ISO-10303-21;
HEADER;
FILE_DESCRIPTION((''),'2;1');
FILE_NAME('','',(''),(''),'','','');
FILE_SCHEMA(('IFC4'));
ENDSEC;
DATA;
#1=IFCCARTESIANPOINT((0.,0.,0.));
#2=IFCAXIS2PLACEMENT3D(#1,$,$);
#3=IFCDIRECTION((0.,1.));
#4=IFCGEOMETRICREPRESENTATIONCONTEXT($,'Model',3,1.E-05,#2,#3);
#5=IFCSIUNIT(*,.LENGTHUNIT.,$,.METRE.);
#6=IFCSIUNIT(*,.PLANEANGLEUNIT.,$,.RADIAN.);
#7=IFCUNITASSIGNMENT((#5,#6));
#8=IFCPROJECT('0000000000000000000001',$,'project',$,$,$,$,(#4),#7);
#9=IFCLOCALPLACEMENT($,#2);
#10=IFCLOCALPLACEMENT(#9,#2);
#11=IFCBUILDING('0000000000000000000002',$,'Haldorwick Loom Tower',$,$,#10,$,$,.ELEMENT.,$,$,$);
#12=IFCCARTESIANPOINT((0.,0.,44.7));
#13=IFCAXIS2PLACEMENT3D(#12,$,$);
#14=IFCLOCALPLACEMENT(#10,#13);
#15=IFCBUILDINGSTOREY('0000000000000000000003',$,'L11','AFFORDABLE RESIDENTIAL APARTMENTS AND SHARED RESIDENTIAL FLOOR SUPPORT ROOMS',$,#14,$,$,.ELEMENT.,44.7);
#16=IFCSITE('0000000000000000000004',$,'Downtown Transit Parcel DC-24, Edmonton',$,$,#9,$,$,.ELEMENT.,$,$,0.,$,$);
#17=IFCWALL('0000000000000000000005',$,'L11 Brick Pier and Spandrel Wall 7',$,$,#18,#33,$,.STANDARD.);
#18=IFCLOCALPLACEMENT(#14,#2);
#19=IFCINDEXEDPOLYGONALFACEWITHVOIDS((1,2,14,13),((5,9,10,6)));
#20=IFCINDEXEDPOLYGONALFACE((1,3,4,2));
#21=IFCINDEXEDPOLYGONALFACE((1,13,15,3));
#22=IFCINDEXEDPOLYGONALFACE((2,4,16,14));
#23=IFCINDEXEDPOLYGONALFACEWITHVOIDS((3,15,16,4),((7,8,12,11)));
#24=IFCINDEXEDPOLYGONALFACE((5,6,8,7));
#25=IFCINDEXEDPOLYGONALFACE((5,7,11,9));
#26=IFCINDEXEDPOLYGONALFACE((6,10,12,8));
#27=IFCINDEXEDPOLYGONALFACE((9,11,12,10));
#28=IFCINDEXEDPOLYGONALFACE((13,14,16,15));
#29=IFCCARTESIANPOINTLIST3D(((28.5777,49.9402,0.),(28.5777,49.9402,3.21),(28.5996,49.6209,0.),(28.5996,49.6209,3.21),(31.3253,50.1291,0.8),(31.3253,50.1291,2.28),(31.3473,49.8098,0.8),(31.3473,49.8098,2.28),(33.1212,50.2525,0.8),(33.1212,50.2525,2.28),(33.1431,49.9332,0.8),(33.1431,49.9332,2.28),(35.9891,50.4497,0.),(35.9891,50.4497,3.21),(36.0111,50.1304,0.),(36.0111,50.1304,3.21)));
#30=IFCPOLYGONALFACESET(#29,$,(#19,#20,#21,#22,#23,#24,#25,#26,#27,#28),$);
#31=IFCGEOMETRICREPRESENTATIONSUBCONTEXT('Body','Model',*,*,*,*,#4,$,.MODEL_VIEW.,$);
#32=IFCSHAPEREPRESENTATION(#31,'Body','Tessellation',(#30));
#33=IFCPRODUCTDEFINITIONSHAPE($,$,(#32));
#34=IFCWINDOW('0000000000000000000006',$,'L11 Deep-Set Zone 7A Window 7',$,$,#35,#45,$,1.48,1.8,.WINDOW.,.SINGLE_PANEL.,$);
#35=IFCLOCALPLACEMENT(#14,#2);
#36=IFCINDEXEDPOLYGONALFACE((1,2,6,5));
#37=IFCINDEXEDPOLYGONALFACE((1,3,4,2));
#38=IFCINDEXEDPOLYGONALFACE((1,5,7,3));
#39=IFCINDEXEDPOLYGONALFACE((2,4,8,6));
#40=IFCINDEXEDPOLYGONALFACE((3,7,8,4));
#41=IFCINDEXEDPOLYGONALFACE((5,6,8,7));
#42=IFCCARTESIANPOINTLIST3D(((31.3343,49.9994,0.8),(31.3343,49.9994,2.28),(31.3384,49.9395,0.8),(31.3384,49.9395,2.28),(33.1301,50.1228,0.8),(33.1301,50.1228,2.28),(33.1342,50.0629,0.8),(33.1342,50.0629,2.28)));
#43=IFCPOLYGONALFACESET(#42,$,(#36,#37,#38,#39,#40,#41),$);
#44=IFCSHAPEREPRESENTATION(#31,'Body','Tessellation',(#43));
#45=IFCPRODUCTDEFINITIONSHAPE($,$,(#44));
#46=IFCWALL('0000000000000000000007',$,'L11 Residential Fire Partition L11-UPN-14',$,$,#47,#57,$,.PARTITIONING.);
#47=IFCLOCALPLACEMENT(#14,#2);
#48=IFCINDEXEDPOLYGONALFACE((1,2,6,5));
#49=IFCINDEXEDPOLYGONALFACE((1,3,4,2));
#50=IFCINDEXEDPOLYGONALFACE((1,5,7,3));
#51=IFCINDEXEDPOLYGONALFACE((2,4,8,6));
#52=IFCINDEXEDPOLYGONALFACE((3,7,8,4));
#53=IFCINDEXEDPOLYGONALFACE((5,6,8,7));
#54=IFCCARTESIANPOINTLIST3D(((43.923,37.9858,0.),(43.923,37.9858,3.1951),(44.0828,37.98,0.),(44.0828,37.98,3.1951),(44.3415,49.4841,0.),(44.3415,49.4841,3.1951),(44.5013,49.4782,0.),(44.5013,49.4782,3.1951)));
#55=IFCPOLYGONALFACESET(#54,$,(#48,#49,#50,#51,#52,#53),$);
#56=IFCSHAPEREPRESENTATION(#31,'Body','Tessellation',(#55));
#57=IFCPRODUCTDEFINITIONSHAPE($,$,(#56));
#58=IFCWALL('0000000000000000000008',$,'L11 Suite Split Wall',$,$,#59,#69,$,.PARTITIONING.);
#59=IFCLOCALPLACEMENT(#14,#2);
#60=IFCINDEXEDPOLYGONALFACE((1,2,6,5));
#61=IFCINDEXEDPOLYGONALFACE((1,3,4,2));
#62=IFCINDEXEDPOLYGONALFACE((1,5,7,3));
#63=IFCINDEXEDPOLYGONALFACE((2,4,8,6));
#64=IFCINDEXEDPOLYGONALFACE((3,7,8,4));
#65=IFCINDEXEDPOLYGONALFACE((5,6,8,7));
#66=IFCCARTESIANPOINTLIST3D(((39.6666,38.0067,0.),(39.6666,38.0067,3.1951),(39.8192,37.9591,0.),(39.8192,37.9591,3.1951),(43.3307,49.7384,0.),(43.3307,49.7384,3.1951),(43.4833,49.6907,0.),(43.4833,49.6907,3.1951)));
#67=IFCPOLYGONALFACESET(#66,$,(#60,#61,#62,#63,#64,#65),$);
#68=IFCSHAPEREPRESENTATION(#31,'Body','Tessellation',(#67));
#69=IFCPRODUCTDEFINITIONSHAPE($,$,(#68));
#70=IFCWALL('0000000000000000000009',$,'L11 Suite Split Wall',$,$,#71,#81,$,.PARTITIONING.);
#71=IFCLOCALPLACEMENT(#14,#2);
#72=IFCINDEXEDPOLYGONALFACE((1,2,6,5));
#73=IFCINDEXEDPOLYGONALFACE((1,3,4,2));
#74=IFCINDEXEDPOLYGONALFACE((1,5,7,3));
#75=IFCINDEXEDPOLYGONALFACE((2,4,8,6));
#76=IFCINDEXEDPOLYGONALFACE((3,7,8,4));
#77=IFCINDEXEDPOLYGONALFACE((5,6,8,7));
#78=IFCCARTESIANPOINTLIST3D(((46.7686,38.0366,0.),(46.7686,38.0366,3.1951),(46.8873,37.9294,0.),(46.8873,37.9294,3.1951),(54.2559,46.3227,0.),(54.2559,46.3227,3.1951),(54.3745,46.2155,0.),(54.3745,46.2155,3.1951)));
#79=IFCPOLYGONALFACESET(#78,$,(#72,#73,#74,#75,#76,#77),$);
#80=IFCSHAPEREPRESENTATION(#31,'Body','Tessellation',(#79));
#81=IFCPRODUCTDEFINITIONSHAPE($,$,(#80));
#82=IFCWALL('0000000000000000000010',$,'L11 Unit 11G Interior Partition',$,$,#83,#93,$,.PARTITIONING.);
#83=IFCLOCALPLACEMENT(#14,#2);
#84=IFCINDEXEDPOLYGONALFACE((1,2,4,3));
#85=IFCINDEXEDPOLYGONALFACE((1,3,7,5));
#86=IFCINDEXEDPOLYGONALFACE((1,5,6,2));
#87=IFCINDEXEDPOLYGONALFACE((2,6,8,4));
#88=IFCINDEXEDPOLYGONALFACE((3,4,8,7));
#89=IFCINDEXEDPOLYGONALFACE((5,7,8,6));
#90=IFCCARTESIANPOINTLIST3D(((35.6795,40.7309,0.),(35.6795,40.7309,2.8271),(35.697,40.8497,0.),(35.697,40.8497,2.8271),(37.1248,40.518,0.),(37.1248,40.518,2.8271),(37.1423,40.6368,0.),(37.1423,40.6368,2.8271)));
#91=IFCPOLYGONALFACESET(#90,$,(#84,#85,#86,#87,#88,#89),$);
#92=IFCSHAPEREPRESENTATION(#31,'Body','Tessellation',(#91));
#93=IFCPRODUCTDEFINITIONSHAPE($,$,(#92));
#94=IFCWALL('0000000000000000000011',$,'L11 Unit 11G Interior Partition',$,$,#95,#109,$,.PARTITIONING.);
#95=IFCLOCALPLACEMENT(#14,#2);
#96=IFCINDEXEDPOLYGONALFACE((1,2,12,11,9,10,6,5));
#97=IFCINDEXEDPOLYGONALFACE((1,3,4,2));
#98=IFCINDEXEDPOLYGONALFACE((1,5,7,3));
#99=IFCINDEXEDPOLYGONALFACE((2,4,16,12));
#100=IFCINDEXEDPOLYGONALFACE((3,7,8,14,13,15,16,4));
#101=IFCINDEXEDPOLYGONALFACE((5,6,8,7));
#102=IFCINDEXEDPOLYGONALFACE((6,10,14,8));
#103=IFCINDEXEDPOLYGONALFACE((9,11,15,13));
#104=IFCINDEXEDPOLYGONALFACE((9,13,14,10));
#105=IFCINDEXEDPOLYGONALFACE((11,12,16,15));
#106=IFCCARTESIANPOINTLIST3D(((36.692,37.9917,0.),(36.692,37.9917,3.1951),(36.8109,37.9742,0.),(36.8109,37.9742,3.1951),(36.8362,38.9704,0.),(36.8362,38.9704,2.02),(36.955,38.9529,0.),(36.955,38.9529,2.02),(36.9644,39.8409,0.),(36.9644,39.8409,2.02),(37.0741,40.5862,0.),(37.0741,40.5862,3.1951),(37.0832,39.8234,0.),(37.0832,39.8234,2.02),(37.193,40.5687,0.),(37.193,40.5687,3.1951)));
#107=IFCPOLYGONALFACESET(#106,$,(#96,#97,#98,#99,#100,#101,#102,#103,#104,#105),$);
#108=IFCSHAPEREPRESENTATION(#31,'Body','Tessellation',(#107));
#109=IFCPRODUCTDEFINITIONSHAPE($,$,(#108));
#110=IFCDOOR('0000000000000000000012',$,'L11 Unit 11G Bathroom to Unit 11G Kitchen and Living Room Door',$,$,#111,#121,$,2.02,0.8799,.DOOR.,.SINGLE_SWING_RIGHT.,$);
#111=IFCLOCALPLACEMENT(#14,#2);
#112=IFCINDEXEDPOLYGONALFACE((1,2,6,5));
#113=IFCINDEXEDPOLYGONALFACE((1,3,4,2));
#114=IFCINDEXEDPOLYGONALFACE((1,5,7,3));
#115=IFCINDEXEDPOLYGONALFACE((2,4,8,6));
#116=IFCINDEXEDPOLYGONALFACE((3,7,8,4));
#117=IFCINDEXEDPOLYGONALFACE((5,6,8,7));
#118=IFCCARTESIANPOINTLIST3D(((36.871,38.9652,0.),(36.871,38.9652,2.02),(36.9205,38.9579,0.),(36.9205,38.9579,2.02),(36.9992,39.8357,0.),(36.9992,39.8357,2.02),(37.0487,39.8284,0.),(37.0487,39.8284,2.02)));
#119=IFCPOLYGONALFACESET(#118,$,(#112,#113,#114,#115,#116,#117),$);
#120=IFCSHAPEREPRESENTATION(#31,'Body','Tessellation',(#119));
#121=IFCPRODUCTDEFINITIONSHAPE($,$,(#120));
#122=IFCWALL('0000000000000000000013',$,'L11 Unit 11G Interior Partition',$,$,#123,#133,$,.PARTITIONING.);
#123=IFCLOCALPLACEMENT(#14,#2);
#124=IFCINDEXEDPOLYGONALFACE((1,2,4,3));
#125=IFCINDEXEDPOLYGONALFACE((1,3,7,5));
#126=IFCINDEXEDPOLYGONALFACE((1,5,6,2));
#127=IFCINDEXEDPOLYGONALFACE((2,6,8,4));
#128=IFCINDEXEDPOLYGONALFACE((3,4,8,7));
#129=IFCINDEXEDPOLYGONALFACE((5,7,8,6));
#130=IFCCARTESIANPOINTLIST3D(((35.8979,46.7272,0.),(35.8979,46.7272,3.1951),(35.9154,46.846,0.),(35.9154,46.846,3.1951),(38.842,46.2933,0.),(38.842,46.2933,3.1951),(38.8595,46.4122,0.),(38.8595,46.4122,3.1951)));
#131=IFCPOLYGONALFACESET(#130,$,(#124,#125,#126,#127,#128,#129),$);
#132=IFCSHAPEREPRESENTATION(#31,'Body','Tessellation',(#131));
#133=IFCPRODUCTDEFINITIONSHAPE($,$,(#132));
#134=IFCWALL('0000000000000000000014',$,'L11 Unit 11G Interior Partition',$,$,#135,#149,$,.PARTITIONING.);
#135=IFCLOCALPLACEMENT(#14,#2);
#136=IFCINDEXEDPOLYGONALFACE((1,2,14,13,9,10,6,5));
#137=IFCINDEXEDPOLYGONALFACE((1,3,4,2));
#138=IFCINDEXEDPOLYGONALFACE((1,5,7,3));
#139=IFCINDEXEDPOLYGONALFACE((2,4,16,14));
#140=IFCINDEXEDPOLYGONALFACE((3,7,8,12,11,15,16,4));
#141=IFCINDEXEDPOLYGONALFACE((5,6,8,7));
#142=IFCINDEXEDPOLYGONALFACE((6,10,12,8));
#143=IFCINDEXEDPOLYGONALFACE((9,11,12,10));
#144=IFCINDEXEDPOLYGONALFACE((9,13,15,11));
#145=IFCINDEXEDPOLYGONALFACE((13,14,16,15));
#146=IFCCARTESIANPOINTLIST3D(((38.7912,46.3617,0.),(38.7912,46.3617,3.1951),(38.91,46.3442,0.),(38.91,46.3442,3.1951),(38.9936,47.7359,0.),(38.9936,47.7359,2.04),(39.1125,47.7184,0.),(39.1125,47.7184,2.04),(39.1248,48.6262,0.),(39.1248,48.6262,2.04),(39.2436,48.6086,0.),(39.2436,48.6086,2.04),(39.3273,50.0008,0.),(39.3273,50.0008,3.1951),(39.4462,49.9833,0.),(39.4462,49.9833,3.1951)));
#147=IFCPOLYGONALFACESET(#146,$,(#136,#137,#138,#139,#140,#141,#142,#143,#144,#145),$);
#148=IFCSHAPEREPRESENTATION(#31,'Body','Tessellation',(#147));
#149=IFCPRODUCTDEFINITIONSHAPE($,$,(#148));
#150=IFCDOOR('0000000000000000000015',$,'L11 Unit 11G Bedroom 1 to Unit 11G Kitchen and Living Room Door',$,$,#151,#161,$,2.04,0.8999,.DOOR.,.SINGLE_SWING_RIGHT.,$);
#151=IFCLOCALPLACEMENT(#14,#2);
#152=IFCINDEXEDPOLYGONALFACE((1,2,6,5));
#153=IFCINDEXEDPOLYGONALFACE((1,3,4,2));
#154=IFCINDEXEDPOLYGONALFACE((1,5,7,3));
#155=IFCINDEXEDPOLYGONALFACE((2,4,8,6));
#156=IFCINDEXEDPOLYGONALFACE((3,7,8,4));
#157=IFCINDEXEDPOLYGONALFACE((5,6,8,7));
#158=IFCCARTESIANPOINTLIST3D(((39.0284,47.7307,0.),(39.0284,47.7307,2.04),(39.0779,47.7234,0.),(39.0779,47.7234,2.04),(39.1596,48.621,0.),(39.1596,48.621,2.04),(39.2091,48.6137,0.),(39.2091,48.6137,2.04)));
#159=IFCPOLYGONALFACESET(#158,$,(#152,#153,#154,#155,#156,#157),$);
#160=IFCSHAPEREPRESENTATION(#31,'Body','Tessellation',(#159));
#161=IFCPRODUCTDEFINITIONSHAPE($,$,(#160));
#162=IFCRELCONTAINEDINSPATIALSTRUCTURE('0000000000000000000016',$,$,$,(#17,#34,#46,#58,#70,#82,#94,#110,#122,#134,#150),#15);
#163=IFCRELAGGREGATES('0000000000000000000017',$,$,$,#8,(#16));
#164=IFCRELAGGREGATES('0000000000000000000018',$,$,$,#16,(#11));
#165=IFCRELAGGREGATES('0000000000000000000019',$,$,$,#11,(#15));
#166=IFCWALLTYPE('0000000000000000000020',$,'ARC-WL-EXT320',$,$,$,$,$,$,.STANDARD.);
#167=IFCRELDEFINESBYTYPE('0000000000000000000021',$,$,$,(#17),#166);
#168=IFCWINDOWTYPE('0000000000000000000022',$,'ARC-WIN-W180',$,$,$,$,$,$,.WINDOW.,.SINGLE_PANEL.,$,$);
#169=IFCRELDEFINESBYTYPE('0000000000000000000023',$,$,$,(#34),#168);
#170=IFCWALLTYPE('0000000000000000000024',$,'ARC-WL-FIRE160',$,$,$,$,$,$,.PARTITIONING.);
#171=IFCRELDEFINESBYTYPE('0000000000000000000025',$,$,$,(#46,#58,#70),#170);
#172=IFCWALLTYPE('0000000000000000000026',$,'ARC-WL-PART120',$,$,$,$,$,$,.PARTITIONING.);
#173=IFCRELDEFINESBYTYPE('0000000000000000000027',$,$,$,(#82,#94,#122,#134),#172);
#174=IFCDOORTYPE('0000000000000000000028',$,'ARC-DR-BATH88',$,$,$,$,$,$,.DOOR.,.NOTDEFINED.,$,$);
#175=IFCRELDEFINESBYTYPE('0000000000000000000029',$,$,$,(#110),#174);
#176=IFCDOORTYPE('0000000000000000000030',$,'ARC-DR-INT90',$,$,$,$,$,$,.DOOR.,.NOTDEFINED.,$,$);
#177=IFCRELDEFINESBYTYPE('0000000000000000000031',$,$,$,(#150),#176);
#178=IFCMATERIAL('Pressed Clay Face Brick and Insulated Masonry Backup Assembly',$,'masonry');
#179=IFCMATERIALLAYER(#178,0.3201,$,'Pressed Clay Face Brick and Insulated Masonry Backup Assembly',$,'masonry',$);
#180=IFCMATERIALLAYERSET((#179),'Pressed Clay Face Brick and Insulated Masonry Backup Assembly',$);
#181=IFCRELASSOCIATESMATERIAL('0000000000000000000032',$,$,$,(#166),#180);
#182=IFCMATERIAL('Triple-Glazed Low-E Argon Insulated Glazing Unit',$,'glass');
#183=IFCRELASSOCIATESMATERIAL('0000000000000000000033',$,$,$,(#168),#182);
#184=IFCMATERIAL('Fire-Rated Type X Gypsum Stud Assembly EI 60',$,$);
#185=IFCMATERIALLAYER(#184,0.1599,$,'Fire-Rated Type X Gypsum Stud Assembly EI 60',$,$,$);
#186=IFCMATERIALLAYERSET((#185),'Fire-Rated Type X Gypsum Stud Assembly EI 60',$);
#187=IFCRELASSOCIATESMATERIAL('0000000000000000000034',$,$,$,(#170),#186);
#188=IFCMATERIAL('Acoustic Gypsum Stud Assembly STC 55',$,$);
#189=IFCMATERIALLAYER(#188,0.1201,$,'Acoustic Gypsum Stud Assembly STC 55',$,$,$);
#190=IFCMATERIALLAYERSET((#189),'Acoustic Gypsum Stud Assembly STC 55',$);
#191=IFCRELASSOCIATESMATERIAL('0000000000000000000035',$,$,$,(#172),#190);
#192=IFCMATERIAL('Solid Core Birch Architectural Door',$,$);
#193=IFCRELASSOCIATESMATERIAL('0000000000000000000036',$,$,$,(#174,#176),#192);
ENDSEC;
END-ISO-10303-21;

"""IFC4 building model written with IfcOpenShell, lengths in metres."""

from ifc_helpers import new_model, si_unit, direction, frame, frame_2d, origin, place, context, subcontext, project, spatial, rectangle, extrude, material, layer, layer_set, type_object, element, fill, save


model = new_model("IFC4")

# Units and contexts
model_context = context("Model", 3, precision=1e-05, world=origin(), true_north=direction((0.0, 1.0)))
body_context = subcontext(model_context, "Body", "Model", "MODEL_VIEW")
ifc_project = project(units=[si_unit("LENGTHUNIT", "METRE"), si_unit("PLANEANGLEUNIT", "RADIAN")], contexts=[model_context])

# Site, building, storey
site_placement = place(None, origin())
site = spatial("IfcSite", under=ifc_project, at=site_placement, Name="Downtown Transit Parcel DC-24, Edmonton", CompositionType="ELEMENT", RefElevation=0.0)
building_placement = place(site_placement, origin())
building = spatial("IfcBuilding", under=site, at=building_placement, Name="Haldorwick Loom Tower", CompositionType="ELEMENT")
storey_placement = place(building_placement, frame((0.0, 0.0, 44.7)))
storey = spatial("IfcBuildingStorey", under=building, at=storey_placement, Name="L11", Description="AFFORDABLE RESIDENTIAL APARTMENTS AND SHARED RESIDENTIAL FLOOR SUPPORT ROOMS", CompositionType="ELEMENT", Elevation=44.7)

# Wall, opening, window
ifc_material_1 = material(Name="Pressed Clay Face Brick and Insulated Masonry Backup Assembly", Category="masonry")
ifc_layer_1 = layer(ifc_material_1, 0.3201, Name="Pressed Clay Face Brick and Insulated Masonry Backup Assembly", Category="masonry")
ifc_layer_set_1 = layer_set([ifc_layer_1], Name="Pressed Clay Face Brick and Insulated Masonry Backup Assembly")
wall_type_1 = type_object("IfcWallType", Name="ARC-WL-EXT320", PredefinedType="STANDARD", material=ifc_layer_set_1)
ifc_material_2 = material(Name="Triple-Glazed Low-E Argon Insulated Glazing Unit", Category="glass")
window_type = type_object("IfcWindowType", Name="ARC-WIN-W180", PartitioningType="SINGLE_PANEL", PredefinedType="WINDOW", material=ifc_material_2)
wall_1_placement = place(storey_placement, frame((36.0, 50.29, 0.0), z_axis=(0.0, 0.0, 1.0), x_axis=(-0.997645, -0.068587, 0.0)))
wall_1 = element("IfcWall", 1, at=wall_1_placement, inside=storey, type_object=wall_type_1, Name="L11 Brick Pier and Spandrel Wall 7", PredefinedType="STANDARD", context=body_context, shape_type="SweptSolid", body=[
    extrude(rectangle(XDim=7.429, YDim=0.3201, at=frame_2d((3.7144, 0.0))), origin(), (0.0, 0.0, 1.0), 3.21),
])
opening_1_placement = place(wall_1_placement, frame((2.8748, 0.0, 0.8)))
opening_1 = element("IfcOpeningElement", 2, at=opening_1_placement, cuts=wall_1, PredefinedType="OPENING", context=body_context, shape_type="SweptSolid", body=[
    extrude(rectangle(XDim=1.8, YDim=1.48, at=frame_2d((0.8999, 0.74))), frame((0.0, 0.1699, 0.0), z_axis=(0.0, -1.0, 0.0), x_axis=(1.0, 0.0, 0.0)), (0.0, 0.0, 1.0), 0.3401),
])
window_1_placement = place(opening_1_placement, origin())
window_1 = element("IfcWindow", 3, at=window_1_placement, inside=storey, type_object=window_type, Name="L11 Deep-Set Zone 7A Window 7", OverallHeight=1.48, OverallWidth=1.8, PartitioningType="SINGLE_PANEL", PredefinedType="WINDOW", context=body_context, shape_type="SweptSolid", body=[
    extrude(rectangle(XDim=1.8, YDim=1.48, at=frame_2d((0.8999, 0.74))), frame((0.0, 0.03, 0.0), z_axis=(0.0, -1.0, 0.0), x_axis=(1.0, 0.0, 0.0)), (0.0, 0.0, 1.0), 0.0601),
])
fill(opening_1, window_1)

# Walls
ifc_material_3 = material(Name="Fire-Rated Type X Gypsum Stud Assembly EI 60")
ifc_layer_2 = layer(ifc_material_3, 0.1599, Name="Fire-Rated Type X Gypsum Stud Assembly EI 60")
ifc_layer_set_2 = layer_set([ifc_layer_2], Name="Fire-Rated Type X Gypsum Stud Assembly EI 60")
wall_type_2 = type_object("IfcWallType", Name="ARC-WL-FIRE160", PredefinedType="PARTITIONING", material=ifc_layer_set_2)
wall_2_placement = place(storey_placement, frame((44.0029, 37.9829, 0.0), z_axis=(0.0, 0.0, 1.0), x_axis=(0.036369, 0.999338, 0.0)))
element("IfcWall", 4, at=wall_2_placement, inside=storey, type_object=wall_type_2, Name="L11 Residential Fire Partition L11-UPN-14", PredefinedType="PARTITIONING", context=body_context, shape_type="SweptSolid", body=[
    extrude(rectangle(XDim=11.5059, YDim=0.1599, at=frame_2d((5.7529, 0.0))), origin(), (0.0, 0.0, 1.0), 3.1951),
])
wall_3_placement = place(storey_placement, frame((39.7429, 37.9829, 0.0), z_axis=(0.0, 0.0, 1.0), x_axis=(0.29812, 0.954528, 0.0)))
element("IfcWall", 5, at=wall_3_placement, inside=storey, type_object=wall_type_2, Name="L11 Suite Split Wall", PredefinedType="PARTITIONING", context=body_context, shape_type="SweptSolid", body=[
    extrude(rectangle(XDim=12.2905, YDim=0.1599, at=frame_2d((6.1453, 0.0))), origin(), (0.0, 0.0, 1.0), 3.1951),
])
wall_4_placement = place(storey_placement, frame((46.8279, 37.9829, 0.0), z_axis=(0.0, 0.0, 1.0), x_axis=(0.670437, 0.741967, 0.0)))
element("IfcWall", 6, at=wall_4_placement, inside=storey, type_object=wall_type_2, Name="L11 Suite Split Wall", PredefinedType="PARTITIONING", context=body_context, shape_type="SweptSolid", body=[
    extrude(rectangle(XDim=11.1677, YDim=0.1599, at=frame_2d((5.584, 0.0))), origin(), (0.0, 0.0, 1.0), 3.1951),
])
ifc_material_4 = material(Name="Acoustic Gypsum Stud Assembly STC 55")
ifc_layer_3 = layer(ifc_material_4, 0.1201, Name="Acoustic Gypsum Stud Assembly STC 55")
ifc_layer_set_3 = layer_set([ifc_layer_3], Name="Acoustic Gypsum Stud Assembly STC 55")
wall_type_3 = type_object("IfcWallType", Name="ARC-WL-PART120", PredefinedType="PARTITIONING", material=ifc_layer_set_3)
wall_5_placement = place(storey_placement, frame((37.1335, 40.5774, 0.0), z_axis=(0.0, 0.0, 1.0), x_axis=(-0.989325, 0.145725, 0.0)))
element("IfcWall", 7, at=wall_5_placement, inside=storey, type_object=wall_type_3, Name="L11 Unit 11G Interior Partition", PredefinedType="PARTITIONING", context=body_context, shape_type="SweptSolid", body=[
    extrude(rectangle(XDim=1.4609, YDim=0.1201, at=frame_2d((0.7305, 0.0))), origin(), (0.0, 0.0, 1.0), 2.8271),
])

# Wall, opening, door
wall_6_placement = place(storey_placement, frame((36.7515, 37.9829, 0.0), z_axis=(0.0, 0.0, 1.0), x_axis=(0.145695, 0.98933, 0.0)))
wall_6 = element("IfcWall", 8, at=wall_6_placement, inside=storey, type_object=wall_type_3, Name="L11 Unit 11G Interior Partition", PredefinedType="PARTITIONING", context=body_context, shape_type="SweptSolid", body=[
    extrude(rectangle(XDim=2.6226, YDim=0.1201, at=frame_2d((1.3113, 0.0))), origin(), (0.0, 0.0, 1.0), 3.1951),
])
opening_2_placement = place(wall_6_placement, frame((0.9893, 0.0, 0.0)))
opening_2 = element("IfcOpeningElement", 9, at=opening_2_placement, cuts=wall_6, PredefinedType="OPENING", context=body_context, shape_type="SweptSolid", body=[
    extrude(rectangle(XDim=0.8799, YDim=2.02, at=frame_2d((0.4399, 1.01))), frame((0.0, 0.0701, 0.0), z_axis=(0.0, -1.0, 0.0), x_axis=(1.0, 0.0, 0.0)), (0.0, 0.0, 1.0), 0.1401),
])
ifc_material_5 = material(Name="Solid Core Birch Architectural Door")
door_type_1 = type_object("IfcDoorType", Name="ARC-DR-BATH88", OperationType="NOTDEFINED", PredefinedType="DOOR", material=ifc_material_5)
door_1_placement = place(opening_2_placement, origin())
door_1 = element("IfcDoor", 10, at=door_1_placement, inside=storey, type_object=door_type_1, Name="L11 Unit 11G Bathroom to Unit 11G Kitchen and Living Room Door", OperationType="SINGLE_SWING_RIGHT", OverallHeight=2.02, OverallWidth=0.8799, PredefinedType="DOOR", context=body_context, shape_type="SweptSolid", body=[
    extrude(rectangle(XDim=0.8799, YDim=2.02, at=frame_2d((0.4399, 1.01))), frame((0.0, 0.0249, 0.0), z_axis=(0.0, -1.0, 0.0), x_axis=(1.0, 0.0, 0.0)), (0.0, 0.0, 1.0), 0.05),
])
fill(opening_2, door_1)

# Wall
wall_7_placement = place(storey_placement, frame((38.8506, 46.3528, 0.0), z_axis=(0.0, 0.0, 1.0), x_axis=(-0.989316, 0.145784, 0.0)))
element("IfcWall", 11, at=wall_7_placement, inside=storey, type_object=wall_type_3, Name="L11 Unit 11G Interior Partition", PredefinedType="PARTITIONING", context=body_context, shape_type="SweptSolid", body=[
    extrude(rectangle(XDim=2.9758, YDim=0.1201, at=frame_2d((1.4878, 0.0))), origin(), (0.0, 0.0, 1.0), 3.1951),
])

# Wall, opening, door
wall_8_placement = place(storey_placement, frame((38.8506, 46.3528, 0.0), z_axis=(0.0, 0.0, 1.0), x_axis=(0.14575, 0.989321, 0.0)))
wall_8 = element("IfcWall", 12, at=wall_8_placement, inside=storey, type_object=wall_type_3, Name="L11 Unit 11G Interior Partition", PredefinedType="PARTITIONING", context=body_context, shape_type="SweptSolid", body=[
    extrude(rectangle(XDim=3.6785, YDim=0.1201, at=frame_2d((1.8394, 0.0))), origin(), (0.0, 0.0, 1.0), 3.1951),
])
opening_3_placement = place(wall_8_placement, frame((1.3892, 0.0, 0.0)))
opening_3 = element("IfcOpeningElement", 13, at=opening_3_placement, cuts=wall_8, PredefinedType="OPENING", context=body_context, shape_type="SweptSolid", body=[
    extrude(rectangle(XDim=0.8999, YDim=2.04, at=frame_2d((0.45, 1.02))), frame((0.0, 0.0701, 0.0), z_axis=(0.0, -1.0, 0.0), x_axis=(1.0, 0.0, 0.0)), (0.0, 0.0, 1.0), 0.1401),
])
door_type_2 = type_object("IfcDoorType", Name="ARC-DR-INT90", OperationType="NOTDEFINED", PredefinedType="DOOR", material=ifc_material_5)
door_2_placement = place(opening_3_placement, origin())
door_2 = element("IfcDoor", 14, at=door_2_placement, inside=storey, type_object=door_type_2, Name="L11 Unit 11G Bedroom 1 to Unit 11G Kitchen and Living Room Door", OperationType="SINGLE_SWING_RIGHT", OverallHeight=2.04, OverallWidth=0.8999, PredefinedType="DOOR", context=body_context, shape_type="SweptSolid", body=[
    extrude(rectangle(XDim=0.8999, YDim=2.04, at=frame_2d((0.45, 1.02))), frame((0.0, 0.0249, 0.0), z_axis=(0.0, -1.0, 0.0), x_axis=(1.0, 0.0, 0.0)), (0.0, 0.0, 1.0), 0.05),
])
fill(opening_3, door_2)

save(model, "model.ifc")
